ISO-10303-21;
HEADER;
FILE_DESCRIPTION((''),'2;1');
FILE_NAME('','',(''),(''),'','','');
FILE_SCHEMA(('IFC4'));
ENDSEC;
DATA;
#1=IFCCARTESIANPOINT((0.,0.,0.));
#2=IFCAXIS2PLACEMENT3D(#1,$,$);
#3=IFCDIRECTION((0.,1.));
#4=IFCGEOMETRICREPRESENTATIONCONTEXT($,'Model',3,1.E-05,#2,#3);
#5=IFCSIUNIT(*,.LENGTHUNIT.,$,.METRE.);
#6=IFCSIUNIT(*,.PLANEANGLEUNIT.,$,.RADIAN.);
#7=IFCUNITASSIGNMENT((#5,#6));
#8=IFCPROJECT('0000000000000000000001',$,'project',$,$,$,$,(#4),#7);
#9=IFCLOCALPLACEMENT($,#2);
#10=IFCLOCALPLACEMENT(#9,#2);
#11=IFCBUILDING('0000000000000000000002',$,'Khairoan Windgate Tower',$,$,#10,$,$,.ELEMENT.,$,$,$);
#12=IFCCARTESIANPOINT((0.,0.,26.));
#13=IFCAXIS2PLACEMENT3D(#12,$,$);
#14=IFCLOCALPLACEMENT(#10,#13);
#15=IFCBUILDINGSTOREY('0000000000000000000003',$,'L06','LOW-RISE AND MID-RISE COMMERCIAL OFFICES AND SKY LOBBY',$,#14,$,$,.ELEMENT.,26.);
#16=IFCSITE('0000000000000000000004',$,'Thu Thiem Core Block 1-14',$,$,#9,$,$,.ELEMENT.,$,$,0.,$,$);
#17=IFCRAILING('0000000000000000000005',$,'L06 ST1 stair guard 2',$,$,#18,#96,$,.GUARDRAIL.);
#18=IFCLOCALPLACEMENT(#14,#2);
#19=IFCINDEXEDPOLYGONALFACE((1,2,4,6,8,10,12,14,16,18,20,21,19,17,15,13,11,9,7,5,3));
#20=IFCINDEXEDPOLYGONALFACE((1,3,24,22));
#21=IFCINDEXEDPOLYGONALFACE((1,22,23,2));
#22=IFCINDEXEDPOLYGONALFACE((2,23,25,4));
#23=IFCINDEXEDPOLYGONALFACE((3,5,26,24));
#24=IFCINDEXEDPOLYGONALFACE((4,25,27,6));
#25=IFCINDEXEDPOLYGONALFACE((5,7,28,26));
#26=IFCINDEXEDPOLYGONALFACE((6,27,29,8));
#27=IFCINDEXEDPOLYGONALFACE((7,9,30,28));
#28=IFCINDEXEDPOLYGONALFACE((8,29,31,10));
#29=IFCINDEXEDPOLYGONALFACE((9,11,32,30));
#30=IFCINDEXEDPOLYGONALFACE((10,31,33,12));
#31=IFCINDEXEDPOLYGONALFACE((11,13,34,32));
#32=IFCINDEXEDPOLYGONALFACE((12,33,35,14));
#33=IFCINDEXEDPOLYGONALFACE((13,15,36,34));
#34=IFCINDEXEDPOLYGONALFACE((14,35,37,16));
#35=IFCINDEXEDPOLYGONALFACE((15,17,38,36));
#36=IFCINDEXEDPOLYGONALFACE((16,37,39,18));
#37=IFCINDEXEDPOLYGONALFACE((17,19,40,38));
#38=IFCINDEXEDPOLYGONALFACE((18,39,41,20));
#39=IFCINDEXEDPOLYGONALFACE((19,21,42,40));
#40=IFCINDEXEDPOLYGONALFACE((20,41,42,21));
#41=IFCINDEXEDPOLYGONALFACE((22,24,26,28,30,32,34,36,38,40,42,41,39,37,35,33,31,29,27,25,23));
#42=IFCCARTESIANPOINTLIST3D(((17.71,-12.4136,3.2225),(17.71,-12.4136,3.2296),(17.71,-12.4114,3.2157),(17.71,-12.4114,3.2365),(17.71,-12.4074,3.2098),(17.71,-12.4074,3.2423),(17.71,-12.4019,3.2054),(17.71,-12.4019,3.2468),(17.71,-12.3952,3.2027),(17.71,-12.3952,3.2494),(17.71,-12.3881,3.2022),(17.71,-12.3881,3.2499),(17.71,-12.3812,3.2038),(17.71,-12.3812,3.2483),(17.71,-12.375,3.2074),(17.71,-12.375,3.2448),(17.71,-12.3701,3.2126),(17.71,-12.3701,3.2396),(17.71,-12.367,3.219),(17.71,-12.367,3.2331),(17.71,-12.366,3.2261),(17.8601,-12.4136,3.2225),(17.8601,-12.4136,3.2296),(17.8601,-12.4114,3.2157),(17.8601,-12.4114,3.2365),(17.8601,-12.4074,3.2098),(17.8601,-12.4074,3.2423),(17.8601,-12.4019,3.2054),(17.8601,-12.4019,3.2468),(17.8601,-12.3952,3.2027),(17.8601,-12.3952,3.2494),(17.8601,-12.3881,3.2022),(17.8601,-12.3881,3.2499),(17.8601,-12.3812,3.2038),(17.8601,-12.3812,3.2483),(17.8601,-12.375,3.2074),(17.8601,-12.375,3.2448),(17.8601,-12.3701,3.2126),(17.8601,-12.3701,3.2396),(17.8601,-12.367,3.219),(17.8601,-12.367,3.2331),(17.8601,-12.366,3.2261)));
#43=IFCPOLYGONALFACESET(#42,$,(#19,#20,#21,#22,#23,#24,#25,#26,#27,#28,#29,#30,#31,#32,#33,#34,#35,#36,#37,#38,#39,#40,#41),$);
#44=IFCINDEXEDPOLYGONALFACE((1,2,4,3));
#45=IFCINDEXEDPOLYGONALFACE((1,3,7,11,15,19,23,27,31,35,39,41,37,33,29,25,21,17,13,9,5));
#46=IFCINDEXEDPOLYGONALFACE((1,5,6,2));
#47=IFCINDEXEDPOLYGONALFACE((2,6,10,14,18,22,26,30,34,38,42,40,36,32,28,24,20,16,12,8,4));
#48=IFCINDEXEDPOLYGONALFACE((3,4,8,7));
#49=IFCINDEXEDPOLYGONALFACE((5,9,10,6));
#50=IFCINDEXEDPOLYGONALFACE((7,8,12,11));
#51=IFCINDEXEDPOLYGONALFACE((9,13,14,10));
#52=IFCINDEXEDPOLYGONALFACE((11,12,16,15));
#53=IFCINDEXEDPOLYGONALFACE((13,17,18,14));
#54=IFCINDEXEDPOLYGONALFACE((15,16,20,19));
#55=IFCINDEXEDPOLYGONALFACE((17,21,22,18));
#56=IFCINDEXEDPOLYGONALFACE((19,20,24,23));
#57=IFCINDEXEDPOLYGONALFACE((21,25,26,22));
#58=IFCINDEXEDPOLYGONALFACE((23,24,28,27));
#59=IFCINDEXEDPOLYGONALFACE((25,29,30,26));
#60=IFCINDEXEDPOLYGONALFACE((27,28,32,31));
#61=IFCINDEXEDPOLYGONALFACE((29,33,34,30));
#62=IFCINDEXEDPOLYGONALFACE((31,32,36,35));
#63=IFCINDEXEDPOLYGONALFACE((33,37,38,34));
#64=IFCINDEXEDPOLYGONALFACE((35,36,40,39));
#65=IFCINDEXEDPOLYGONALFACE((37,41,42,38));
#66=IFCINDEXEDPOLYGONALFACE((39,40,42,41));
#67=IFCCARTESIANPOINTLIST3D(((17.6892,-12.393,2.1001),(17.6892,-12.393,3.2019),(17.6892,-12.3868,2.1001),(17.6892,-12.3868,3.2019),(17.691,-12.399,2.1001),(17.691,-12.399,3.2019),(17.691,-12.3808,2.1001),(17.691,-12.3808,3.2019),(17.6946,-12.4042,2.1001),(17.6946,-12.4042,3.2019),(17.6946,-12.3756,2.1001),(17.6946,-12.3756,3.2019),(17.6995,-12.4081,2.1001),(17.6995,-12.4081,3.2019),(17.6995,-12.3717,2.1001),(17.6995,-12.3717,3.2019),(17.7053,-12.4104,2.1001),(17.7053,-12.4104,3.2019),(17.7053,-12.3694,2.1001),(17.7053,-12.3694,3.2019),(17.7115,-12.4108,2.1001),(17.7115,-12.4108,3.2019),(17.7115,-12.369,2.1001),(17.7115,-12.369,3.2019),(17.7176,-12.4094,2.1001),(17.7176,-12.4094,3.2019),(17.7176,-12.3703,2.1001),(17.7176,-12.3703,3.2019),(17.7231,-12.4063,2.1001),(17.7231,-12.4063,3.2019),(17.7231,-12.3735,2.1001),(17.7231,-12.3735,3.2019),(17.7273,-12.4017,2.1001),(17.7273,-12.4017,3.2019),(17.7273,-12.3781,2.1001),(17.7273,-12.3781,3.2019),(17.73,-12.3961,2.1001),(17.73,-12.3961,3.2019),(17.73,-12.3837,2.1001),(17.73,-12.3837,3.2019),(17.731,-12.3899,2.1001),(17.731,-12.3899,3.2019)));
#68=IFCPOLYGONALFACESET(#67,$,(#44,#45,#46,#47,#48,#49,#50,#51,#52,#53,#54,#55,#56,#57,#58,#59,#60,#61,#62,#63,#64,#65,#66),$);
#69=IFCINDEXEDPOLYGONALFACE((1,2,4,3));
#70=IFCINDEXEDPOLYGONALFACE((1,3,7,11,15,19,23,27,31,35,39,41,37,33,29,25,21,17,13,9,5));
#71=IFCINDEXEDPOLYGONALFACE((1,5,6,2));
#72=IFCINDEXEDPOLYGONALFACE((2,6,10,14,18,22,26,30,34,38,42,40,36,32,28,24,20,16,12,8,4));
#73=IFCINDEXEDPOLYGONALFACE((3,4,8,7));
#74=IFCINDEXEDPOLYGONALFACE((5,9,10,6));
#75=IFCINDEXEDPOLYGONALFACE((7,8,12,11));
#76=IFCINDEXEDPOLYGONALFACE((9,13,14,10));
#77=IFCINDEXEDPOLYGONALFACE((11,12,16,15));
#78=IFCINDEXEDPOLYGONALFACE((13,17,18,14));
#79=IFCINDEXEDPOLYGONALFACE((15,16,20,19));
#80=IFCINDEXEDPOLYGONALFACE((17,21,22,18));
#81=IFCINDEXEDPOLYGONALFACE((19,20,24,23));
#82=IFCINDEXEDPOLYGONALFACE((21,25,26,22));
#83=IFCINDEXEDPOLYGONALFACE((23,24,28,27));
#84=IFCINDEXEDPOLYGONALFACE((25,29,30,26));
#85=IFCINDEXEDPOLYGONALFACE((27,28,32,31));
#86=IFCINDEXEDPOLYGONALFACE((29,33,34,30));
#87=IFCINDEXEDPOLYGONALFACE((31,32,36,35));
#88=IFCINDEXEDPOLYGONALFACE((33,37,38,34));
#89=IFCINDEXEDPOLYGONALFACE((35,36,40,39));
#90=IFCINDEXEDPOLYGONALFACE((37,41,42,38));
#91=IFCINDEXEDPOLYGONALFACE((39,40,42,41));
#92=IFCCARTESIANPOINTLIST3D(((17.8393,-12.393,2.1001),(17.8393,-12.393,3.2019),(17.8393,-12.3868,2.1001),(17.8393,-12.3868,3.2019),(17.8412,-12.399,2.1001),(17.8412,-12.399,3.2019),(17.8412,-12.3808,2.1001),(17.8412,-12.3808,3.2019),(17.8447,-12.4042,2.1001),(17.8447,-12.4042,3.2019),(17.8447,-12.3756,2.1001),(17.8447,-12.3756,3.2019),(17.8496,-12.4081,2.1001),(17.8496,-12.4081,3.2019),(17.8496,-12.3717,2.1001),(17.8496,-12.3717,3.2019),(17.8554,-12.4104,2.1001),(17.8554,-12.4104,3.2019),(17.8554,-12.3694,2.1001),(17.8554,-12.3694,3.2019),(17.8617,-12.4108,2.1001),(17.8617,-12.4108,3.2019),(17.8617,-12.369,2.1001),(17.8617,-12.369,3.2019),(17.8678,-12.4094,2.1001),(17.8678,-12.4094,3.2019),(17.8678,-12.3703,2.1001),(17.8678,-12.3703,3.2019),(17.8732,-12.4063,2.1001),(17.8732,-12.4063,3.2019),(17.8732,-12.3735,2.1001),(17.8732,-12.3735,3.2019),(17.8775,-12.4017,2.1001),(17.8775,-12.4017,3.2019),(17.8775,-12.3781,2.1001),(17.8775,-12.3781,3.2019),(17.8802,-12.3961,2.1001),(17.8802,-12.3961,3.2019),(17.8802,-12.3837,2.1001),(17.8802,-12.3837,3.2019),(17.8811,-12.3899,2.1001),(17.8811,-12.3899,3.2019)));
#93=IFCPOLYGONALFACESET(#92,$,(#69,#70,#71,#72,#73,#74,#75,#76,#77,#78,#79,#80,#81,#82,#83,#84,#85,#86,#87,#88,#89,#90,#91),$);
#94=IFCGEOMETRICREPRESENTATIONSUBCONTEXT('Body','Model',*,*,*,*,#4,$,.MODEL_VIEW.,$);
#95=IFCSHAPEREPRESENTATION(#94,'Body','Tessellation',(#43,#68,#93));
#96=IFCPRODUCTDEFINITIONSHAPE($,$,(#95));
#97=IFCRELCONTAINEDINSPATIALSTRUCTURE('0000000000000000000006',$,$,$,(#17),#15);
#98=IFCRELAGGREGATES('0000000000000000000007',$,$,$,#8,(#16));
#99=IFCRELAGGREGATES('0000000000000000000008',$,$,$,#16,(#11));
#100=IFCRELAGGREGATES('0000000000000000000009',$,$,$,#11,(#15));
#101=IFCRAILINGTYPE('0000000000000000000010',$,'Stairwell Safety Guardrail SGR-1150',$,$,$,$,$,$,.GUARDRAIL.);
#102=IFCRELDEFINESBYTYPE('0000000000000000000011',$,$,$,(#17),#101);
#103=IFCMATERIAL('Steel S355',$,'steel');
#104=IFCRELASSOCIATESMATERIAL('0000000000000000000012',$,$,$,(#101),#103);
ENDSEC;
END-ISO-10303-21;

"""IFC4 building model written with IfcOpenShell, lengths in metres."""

from ifc_helpers import new_model, si_unit, direction, frame, origin, origin_2d, place, context, subcontext, project, spatial, circle, extrude, material, type_object, element, save


model = new_model("IFC4")

# Units and contexts
model_context = context("Model", 3, precision=1e-05, world=origin(), true_north=direction((0.0, 1.0)))
body_context = subcontext(model_context, "Body", "Model", "MODEL_VIEW")
ifc_project = project(units=[si_unit("LENGTHUNIT", "METRE"), si_unit("PLANEANGLEUNIT", "RADIAN")], contexts=[model_context])

# Site, building, storey
site_placement = place(None, origin())
site = spatial("IfcSite", under=ifc_project, at=site_placement, Name="Thu Thiem Core Block 1-14", CompositionType="ELEMENT", RefElevation=0.0)
building_placement = place(site_placement, origin())
building = spatial("IfcBuilding", under=site, at=building_placement, Name="Khairoan Windgate Tower", CompositionType="ELEMENT")
storey_placement = place(building_placement, frame((0.0, 0.0, 26.0)))
storey = spatial("IfcBuildingStorey", under=building, at=storey_placement, Name="L06", Description="LOW-RISE AND MID-RISE COMMERCIAL OFFICES AND SKY LOBBY", CompositionType="ELEMENT", Elevation=26.0)

# Railing
ifc_material_1 = material(Name="Steel S355", Category="steel")
railing_type_1 = type_object("IfcRailingType", Name="Stairwell Safety Guardrail SGR-1150", PredefinedType="GUARDRAIL", material=ifc_material_1)
railing_1_placement = place(storey_placement, frame((17.71, -12.3899, 2.1001)))
element("IfcRailing", 1, at=railing_1_placement, inside=storey, type_object=railing_type_1, Name="L06 ST1 stair guard 2", PredefinedType="GUARDRAIL", context=body_context, shape_type="SweptSolid", body=[
    extrude(circle(Radius=0.0239, at=origin_2d()), frame((0.0, 0.0, 1.126), z_axis=(1.0, 0.0, 0.0), x_axis=(0.0, 1.0, 0.0)), (0.0, 0.0, 1.0), 0.1501),
    extrude(circle(Radius=0.021, at=origin_2d()), origin(), (0.0, 0.0, 1.0), 1.1018),
    extrude(circle(Radius=0.021, at=origin_2d()), frame((0.1501, 0.0, 0.0)), (0.0, 0.0, 1.0), 1.1018),
])

save(model, "model.ifc")
